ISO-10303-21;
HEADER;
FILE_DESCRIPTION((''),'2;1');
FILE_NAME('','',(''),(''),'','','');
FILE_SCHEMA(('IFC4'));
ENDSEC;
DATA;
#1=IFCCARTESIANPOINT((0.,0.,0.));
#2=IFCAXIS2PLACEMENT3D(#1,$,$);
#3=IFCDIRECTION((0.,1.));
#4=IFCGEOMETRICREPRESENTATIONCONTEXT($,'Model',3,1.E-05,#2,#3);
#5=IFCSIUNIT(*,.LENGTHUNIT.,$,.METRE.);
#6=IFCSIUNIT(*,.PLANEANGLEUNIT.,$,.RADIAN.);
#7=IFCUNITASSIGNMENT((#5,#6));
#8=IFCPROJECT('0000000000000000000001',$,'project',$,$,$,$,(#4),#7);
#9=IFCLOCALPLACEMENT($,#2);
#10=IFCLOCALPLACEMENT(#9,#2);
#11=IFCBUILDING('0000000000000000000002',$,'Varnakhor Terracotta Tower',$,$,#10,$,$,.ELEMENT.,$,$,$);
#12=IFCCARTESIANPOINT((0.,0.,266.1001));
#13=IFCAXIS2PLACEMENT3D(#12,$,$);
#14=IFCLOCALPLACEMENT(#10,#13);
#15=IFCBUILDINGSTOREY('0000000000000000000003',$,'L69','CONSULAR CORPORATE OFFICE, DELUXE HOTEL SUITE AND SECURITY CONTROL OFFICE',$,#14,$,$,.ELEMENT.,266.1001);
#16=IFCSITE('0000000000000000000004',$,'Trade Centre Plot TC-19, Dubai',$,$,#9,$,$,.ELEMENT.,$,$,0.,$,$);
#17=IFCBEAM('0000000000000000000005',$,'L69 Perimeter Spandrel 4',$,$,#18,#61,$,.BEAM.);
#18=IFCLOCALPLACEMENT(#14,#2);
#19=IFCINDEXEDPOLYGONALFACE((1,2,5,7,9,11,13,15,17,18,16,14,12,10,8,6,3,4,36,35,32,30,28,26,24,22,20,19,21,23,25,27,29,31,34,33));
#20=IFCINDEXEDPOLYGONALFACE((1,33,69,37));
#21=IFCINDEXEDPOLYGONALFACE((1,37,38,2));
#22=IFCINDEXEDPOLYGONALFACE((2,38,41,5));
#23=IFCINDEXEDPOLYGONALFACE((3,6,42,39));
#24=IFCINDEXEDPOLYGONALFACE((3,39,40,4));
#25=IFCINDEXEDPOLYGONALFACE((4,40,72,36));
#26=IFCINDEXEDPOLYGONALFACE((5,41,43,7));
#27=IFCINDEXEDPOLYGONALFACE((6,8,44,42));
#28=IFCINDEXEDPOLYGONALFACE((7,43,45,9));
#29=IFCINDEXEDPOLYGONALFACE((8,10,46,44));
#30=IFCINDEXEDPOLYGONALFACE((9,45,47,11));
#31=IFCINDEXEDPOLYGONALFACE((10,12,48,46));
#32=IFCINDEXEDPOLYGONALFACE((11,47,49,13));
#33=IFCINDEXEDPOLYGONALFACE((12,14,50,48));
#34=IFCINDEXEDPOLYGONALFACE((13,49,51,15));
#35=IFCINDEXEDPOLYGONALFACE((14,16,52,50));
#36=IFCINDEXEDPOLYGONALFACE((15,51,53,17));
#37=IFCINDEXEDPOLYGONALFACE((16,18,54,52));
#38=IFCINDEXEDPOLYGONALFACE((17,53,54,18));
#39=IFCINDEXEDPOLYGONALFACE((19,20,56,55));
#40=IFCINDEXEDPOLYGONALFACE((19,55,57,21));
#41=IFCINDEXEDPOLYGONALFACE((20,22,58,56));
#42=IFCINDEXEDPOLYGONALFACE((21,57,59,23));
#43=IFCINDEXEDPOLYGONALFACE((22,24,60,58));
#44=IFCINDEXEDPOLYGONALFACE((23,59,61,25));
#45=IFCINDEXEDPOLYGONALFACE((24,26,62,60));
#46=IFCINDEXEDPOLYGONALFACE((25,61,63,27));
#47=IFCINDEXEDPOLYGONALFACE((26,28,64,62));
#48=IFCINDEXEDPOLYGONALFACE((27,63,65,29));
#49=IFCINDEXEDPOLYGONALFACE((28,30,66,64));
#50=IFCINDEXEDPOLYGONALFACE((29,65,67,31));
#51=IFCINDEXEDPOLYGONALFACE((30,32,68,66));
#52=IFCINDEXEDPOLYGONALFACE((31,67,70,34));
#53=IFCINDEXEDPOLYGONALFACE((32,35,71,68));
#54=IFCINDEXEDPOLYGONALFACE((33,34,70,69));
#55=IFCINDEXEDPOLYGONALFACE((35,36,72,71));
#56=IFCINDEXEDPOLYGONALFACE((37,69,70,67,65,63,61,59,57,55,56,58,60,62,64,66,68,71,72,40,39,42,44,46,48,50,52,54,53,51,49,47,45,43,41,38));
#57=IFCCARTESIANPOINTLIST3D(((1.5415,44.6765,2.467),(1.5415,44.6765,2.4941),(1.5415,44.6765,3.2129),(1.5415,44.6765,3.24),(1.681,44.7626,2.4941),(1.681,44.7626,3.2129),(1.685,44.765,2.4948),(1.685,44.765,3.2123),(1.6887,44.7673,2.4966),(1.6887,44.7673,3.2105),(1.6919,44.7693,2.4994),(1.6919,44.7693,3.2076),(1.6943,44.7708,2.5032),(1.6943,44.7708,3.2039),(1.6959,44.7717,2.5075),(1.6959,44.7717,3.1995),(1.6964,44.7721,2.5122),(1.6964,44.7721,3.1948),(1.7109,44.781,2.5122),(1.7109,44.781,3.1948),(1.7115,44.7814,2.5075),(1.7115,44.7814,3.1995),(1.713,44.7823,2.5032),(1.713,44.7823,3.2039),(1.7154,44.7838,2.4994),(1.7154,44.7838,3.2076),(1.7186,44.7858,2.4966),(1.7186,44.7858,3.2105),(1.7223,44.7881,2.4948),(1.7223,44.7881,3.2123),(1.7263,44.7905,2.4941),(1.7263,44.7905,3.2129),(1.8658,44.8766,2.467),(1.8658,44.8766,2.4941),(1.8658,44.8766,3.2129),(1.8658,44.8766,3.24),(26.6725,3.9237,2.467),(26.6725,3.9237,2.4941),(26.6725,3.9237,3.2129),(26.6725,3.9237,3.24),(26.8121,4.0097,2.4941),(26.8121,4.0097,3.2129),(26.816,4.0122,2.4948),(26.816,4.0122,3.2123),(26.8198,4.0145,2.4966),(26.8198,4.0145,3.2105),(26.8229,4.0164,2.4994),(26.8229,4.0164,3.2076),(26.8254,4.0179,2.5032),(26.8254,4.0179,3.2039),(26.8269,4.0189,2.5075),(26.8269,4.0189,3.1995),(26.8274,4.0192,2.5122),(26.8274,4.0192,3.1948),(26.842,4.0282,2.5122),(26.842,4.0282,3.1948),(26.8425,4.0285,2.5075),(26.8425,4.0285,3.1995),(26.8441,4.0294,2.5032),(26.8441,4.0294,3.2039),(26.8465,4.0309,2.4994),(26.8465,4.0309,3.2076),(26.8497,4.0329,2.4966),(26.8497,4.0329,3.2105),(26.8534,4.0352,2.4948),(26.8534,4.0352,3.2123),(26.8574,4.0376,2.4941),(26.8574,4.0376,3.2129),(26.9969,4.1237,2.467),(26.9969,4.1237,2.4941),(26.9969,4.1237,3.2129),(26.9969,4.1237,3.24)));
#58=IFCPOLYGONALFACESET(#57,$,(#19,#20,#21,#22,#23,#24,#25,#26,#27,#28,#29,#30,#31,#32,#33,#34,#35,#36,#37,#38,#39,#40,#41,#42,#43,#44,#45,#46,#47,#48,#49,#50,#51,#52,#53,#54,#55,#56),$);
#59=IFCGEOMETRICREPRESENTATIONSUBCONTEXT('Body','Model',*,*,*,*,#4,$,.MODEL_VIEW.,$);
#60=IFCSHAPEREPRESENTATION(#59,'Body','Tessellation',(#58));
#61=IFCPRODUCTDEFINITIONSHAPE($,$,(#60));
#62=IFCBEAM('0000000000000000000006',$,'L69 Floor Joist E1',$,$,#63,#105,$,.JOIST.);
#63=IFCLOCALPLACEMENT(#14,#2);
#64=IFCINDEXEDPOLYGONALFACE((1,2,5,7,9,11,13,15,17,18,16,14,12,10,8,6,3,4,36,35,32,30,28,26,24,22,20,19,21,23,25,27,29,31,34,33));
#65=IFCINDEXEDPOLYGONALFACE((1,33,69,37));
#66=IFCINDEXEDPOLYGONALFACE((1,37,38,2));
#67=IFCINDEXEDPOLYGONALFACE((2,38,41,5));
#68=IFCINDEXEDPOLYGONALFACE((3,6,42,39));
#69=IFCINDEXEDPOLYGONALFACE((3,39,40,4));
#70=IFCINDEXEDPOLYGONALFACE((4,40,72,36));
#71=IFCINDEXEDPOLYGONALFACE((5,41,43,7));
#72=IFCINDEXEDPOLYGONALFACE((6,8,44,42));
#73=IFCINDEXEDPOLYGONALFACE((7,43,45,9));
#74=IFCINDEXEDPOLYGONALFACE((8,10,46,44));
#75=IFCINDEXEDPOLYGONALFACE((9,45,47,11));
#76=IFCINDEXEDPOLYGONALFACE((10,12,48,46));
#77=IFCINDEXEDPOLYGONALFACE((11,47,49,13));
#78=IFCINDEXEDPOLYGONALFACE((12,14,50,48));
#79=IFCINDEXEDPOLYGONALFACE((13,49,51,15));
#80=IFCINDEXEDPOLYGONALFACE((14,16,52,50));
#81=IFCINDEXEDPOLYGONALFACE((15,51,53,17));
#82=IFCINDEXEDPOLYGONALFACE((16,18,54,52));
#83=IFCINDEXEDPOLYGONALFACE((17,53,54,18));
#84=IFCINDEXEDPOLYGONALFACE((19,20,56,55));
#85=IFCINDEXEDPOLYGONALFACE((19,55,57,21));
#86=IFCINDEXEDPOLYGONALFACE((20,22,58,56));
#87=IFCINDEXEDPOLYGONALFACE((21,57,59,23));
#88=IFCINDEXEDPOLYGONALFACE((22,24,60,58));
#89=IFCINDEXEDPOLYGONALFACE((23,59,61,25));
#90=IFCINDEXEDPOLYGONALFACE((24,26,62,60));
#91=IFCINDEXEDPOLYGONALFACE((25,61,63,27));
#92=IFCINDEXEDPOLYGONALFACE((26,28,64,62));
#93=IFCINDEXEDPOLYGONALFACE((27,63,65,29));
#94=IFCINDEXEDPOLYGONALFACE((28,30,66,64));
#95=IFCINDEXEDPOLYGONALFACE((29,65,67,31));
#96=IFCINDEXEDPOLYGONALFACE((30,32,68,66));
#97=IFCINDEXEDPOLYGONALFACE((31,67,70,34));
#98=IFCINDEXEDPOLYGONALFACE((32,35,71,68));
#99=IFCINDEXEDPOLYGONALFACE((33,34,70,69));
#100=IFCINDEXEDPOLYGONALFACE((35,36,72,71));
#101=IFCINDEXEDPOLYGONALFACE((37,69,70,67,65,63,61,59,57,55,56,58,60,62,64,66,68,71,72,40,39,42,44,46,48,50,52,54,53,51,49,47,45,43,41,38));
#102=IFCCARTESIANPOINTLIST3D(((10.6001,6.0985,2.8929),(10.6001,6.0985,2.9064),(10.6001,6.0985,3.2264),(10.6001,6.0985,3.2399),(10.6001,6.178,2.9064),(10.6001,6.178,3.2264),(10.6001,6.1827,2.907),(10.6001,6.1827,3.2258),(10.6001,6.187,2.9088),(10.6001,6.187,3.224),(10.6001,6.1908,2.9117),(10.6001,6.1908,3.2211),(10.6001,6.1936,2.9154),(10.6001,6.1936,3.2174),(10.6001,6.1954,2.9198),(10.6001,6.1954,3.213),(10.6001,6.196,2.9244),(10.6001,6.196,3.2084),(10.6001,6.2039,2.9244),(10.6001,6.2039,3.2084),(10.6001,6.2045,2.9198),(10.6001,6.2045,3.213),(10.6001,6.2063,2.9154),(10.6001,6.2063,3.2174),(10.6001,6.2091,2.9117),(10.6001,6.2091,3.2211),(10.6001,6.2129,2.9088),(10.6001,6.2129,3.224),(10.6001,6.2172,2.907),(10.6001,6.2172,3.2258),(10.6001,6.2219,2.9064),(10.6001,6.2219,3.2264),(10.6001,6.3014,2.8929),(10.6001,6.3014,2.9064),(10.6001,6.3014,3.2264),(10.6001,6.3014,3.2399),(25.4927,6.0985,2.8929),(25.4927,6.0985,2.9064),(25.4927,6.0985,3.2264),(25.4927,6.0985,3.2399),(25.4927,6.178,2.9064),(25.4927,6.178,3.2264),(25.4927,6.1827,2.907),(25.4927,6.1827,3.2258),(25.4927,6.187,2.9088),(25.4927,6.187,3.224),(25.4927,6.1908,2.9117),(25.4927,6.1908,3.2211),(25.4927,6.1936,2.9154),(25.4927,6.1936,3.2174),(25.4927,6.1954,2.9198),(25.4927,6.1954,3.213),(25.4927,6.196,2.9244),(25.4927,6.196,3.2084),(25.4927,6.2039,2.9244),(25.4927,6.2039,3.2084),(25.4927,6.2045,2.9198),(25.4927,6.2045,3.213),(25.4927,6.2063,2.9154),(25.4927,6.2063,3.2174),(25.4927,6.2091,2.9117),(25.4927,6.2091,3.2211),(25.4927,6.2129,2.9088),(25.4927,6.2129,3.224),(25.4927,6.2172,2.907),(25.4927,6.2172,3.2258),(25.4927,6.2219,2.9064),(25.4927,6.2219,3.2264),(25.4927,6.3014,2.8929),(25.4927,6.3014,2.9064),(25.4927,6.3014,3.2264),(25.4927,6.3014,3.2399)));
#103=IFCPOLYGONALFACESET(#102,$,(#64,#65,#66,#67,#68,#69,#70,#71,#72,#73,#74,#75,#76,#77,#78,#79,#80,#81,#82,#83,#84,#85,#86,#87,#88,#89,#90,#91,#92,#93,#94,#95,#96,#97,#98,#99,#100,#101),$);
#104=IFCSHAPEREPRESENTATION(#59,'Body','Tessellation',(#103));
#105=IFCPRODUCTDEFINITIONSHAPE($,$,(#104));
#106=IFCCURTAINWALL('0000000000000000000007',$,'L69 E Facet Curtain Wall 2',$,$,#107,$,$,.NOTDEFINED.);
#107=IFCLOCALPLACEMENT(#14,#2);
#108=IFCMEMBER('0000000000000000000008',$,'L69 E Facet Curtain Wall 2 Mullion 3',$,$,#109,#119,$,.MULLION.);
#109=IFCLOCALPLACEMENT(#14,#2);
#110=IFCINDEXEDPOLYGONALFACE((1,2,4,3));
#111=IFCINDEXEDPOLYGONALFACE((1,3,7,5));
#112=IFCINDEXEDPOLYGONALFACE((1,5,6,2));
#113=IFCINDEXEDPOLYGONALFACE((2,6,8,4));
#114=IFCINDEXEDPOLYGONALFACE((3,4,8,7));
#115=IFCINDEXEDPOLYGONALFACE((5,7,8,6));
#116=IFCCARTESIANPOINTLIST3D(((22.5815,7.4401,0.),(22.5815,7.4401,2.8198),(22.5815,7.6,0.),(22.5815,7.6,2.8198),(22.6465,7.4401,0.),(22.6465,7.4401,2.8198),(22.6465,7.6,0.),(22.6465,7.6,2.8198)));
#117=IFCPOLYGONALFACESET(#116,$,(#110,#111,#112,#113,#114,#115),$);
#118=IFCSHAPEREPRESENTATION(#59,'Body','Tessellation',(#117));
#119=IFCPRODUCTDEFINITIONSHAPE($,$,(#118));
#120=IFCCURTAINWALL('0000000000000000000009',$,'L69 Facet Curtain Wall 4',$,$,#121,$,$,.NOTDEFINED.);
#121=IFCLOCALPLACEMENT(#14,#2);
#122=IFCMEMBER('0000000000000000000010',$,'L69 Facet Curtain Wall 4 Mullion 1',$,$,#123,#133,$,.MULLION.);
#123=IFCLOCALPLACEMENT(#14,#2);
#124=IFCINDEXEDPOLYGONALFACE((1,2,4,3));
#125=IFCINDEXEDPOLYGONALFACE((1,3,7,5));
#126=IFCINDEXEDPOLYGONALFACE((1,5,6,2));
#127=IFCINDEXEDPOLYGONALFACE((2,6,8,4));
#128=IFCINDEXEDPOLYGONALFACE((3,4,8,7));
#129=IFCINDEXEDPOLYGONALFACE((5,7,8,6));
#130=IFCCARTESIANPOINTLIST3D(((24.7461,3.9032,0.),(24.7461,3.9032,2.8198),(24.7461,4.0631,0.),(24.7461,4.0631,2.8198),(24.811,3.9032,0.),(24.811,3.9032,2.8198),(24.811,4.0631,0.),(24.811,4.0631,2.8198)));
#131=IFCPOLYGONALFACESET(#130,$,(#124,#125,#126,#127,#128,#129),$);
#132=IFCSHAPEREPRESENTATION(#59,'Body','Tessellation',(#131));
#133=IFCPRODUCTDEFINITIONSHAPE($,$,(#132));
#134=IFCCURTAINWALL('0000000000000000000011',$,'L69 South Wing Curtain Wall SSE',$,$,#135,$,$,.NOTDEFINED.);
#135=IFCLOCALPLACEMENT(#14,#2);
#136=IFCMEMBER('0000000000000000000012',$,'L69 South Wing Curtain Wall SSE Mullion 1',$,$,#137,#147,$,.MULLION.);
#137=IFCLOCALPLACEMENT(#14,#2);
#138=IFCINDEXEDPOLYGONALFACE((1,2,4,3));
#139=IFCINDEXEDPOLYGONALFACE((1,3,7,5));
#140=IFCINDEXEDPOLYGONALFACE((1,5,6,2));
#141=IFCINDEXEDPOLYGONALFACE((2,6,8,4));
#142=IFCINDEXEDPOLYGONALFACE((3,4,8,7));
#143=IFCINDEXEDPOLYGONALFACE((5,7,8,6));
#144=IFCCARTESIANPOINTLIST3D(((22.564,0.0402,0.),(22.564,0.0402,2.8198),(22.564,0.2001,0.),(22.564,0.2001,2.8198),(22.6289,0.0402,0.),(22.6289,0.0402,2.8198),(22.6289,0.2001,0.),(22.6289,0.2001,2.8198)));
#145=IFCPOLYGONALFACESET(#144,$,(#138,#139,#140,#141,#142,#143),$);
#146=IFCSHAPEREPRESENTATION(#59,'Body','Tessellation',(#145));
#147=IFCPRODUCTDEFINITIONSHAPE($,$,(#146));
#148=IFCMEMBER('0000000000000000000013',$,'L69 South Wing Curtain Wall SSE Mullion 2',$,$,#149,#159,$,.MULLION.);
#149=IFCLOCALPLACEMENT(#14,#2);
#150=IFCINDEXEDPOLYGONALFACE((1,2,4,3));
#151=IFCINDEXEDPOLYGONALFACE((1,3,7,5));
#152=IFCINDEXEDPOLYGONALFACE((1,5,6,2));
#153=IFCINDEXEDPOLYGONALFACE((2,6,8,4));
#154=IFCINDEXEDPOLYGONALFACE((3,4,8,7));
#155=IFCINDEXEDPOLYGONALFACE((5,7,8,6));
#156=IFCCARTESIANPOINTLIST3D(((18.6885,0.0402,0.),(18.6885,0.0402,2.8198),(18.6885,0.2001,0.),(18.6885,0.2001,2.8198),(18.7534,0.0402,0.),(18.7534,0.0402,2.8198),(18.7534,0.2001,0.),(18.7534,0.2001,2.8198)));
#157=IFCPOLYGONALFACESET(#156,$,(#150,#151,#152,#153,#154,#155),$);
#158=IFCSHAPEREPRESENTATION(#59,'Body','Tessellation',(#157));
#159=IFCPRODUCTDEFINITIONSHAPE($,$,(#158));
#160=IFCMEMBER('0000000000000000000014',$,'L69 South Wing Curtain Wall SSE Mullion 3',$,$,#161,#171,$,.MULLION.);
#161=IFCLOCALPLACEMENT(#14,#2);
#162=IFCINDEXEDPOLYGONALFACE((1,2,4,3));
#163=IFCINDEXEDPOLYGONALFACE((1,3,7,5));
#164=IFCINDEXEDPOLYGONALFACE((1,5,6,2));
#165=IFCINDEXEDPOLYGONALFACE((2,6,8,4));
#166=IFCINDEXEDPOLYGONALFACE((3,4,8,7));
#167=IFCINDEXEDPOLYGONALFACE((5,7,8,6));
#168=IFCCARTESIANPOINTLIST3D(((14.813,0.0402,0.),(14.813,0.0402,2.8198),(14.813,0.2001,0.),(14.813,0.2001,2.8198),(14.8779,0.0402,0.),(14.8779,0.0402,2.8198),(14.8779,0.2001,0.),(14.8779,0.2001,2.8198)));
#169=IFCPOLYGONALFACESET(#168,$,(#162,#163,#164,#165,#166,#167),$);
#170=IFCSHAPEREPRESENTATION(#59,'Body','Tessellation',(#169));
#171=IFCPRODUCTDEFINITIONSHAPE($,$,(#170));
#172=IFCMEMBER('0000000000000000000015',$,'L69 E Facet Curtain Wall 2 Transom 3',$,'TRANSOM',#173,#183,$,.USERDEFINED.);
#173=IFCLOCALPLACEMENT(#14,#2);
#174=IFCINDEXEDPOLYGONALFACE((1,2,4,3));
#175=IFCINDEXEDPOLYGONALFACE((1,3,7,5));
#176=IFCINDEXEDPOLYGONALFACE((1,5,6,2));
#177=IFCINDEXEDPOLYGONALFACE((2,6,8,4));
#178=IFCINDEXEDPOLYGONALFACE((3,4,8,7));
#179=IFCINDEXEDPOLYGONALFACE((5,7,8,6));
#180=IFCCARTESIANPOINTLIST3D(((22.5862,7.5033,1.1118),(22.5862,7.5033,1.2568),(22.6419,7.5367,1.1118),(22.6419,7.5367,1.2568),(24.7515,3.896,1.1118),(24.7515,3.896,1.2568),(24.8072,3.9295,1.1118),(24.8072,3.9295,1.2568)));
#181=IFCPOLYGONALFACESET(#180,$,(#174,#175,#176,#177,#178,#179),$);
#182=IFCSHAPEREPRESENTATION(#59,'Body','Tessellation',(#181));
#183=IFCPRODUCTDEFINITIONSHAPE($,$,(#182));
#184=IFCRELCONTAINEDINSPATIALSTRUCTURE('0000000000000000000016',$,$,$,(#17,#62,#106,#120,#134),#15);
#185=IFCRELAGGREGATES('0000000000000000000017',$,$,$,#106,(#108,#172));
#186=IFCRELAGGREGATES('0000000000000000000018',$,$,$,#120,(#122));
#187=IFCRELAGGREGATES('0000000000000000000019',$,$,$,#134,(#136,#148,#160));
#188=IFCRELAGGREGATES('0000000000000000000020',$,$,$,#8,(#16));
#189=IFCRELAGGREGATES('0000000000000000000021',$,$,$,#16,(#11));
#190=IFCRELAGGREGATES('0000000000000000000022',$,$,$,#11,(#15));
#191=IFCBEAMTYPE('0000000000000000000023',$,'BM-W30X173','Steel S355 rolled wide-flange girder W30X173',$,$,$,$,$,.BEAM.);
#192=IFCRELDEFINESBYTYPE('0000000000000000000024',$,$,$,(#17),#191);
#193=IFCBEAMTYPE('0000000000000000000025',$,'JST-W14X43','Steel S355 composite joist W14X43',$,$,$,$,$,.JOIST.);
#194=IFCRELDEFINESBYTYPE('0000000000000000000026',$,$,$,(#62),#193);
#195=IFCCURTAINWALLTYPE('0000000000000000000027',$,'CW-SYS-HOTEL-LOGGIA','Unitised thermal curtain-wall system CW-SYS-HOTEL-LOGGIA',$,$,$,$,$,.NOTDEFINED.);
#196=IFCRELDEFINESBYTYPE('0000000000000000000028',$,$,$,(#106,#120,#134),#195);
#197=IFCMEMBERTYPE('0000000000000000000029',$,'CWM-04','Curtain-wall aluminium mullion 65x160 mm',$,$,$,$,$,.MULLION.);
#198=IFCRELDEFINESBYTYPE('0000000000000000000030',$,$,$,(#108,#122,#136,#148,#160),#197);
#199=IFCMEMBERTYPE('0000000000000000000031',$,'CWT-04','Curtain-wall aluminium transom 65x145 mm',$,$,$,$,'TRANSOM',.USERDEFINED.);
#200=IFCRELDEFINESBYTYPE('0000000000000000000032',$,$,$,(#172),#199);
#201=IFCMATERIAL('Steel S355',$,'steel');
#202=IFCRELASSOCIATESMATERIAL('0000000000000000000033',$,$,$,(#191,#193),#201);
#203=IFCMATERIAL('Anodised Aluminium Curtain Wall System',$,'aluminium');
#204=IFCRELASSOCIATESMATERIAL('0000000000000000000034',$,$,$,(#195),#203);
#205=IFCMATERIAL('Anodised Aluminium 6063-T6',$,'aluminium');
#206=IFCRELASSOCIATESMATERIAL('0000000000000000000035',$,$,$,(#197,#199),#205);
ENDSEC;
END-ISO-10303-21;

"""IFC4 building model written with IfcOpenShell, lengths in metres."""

from ifc_helpers import new_model, si_unit, direction, frame, origin, origin_2d, place, context, subcontext, project, spatial, rectangle, i_section, extrude, source, transform, mapped, material, material_profile, profile_set, type_object, element, aggregate, save


model = new_model("IFC4")

# Units and contexts
model_context = context("Model", 3, precision=1e-05, world=origin(), true_north=direction((0.0, 1.0)))
body_context = subcontext(model_context, "Body", "Model", "MODEL_VIEW")
ifc_project = project(units=[si_unit("LENGTHUNIT", "METRE"), si_unit("PLANEANGLEUNIT", "RADIAN")], contexts=[model_context])

# Site, building, storey
site_placement = place(None, origin())
site = spatial("IfcSite", under=ifc_project, at=site_placement, Name="Trade Centre Plot TC-19, Dubai", CompositionType="ELEMENT", RefElevation=0.0)
building_placement = place(site_placement, origin())
building = spatial("IfcBuilding", under=site, at=building_placement, Name="Varnakhor Terracotta Tower", CompositionType="ELEMENT")
storey_placement = place(building_placement, frame((0.0, 0.0, 266.1001)))
storey = spatial("IfcBuildingStorey", under=building, at=storey_placement, Name="L69", Description="CONSULAR CORPORATE OFFICE, DELUXE HOTEL SUITE AND SECURITY CONTROL OFFICE", CompositionType="ELEMENT", Elevation=266.1001)

# Shared definitions
ifc_material_1 = material(Name="Steel S355", Category="steel")

# Beams
ifc_material_profile_1 = material_profile(ifc_material_1, i_section(OverallWidth=0.3811, OverallDepth=0.7729, WebThickness=0.0171, FlangeThickness=0.0271, FilletRadius=0.0181, at=origin_2d()), Name="W30X173")
ifc_profile_set_1 = profile_set([ifc_material_profile_1], Name="Steel S355")
beam_type_1 = type_object("IfcBeamType", Name="BM-W30X173", Description="Steel S355 rolled wide-flange girder W30X173", PredefinedType="BEAM", material=ifc_profile_set_1)
shared_shape_1 = source(origin(), body_context, "Body", "SweptSolid", [
    extrude(i_section(OverallWidth=0.3811, OverallDepth=0.7729, WebThickness=0.0171, FlangeThickness=0.0271, FilletRadius=0.0181, at=origin_2d()), origin(), (0.0, 0.0, 1.0), 47.8787),
])
beam_1_placement = place(storey_placement, frame((26.8347, 4.0237, 2.8535), z_axis=(-0.524891, 0.85117, 0.0), x_axis=(-0.85117, -0.524891, 0.0)))
element("IfcBeam", 1, at=beam_1_placement, inside=storey, type_object=beam_type_1, Name="L69 Perimeter Spandrel 4", PredefinedType="BEAM", context=body_context, shape_type="MappedRepresentation", body=[
    mapped(shared_shape_1, transform((0.0, 0.0, 0.0), scale=1.0)),
])
ifc_material_profile_2 = material_profile(ifc_material_1, i_section(OverallWidth=0.2029, OverallDepth=0.3469, WebThickness=0.0078, FlangeThickness=0.0134, FilletRadius=0.0181, at=origin_2d()), Name="W14X43")
ifc_profile_set_2 = profile_set([ifc_material_profile_2], Name="Steel S355")
beam_type_2 = type_object("IfcBeamType", Name="JST-W14X43", Description="Steel S355 composite joist W14X43", PredefinedType="JOIST", material=ifc_profile_set_2)
shared_shape_2 = source(origin(), body_context, "Body", "SweptSolid", [
    extrude(i_section(OverallWidth=0.2029, OverallDepth=0.3469, WebThickness=0.0078, FlangeThickness=0.0134, FilletRadius=0.0181, at=origin_2d()), origin(), (0.0, 0.0, 1.0), 14.8926),
])
beam_2_placement = place(storey_placement, frame((10.6001, 6.2, 3.0664), z_axis=(1.0, 0.0, 0.0), x_axis=(0.0, 1.0, 0.0)))
element("IfcBeam", 2, at=beam_2_placement, inside=storey, type_object=beam_type_2, Name="L69 Floor Joist E1", PredefinedType="JOIST", context=body_context, shape_type="MappedRepresentation", body=[
    mapped(shared_shape_2, transform((0.0, 0.0, 0.0), scale=1.0)),
])

# Curtain walls, members
ifc_material_2 = material(Name="Anodised Aluminium Curtain Wall System", Category="aluminium")
curtain_wall_type = type_object("IfcCurtainWallType", Name="CW-SYS-HOTEL-LOGGIA", Description="Unitised thermal curtain-wall system CW-SYS-HOTEL-LOGGIA", PredefinedType="NOTDEFINED", material=ifc_material_2)
curtain_wall_1_placement = place(storey_placement, origin())
curtain_wall_1 = element("IfcCurtainWall", 3, at=curtain_wall_1_placement, inside=storey, type_object=curtain_wall_type, Name="L69 E Facet Curtain Wall 2", PredefinedType="NOTDEFINED")
ifc_material_3 = material(Name="Anodised Aluminium 6063-T6", Category="aluminium")
ifc_material_profile_3 = material_profile(ifc_material_3, rectangle(XDim=0.0649, YDim=0.1599, at=origin_2d()), Name="ALU MULLION 65x160")
ifc_profile_set_3 = profile_set([ifc_material_profile_3], Name="Anodised Aluminium 6063-T6")
member_type_1 = type_object("IfcMemberType", Name="CWM-04", Description="Curtain-wall aluminium mullion 65x160 mm", PredefinedType="MULLION", material=ifc_profile_set_3)
shared_shape_3 = source(origin(), body_context, "Body", "SweptSolid", [
    extrude(rectangle(XDim=0.0649, YDim=0.1599, at=origin_2d()), origin(), (0.0, 0.0, 1.0), 2.8198),
])
member_1_placement = place(storey_placement, frame((22.614, 7.52, 0.0), z_axis=(0.0, 0.0, 1.0), x_axis=(1.0, 0.0, 0.0)))
member_1 = element("IfcMember", 4, at=member_1_placement, type_object=member_type_1, Name="L69 E Facet Curtain Wall 2 Mullion 3", PredefinedType="MULLION", context=body_context, shape_type="MappedRepresentation", body=[
    mapped(shared_shape_3, transform((0.0, 0.0, 0.0), scale=1.0)),
])
curtain_wall_2_placement = place(storey_placement, origin())
curtain_wall_2 = element("IfcCurtainWall", 5, at=curtain_wall_2_placement, inside=storey, type_object=curtain_wall_type, Name="L69 Facet Curtain Wall 4", PredefinedType="NOTDEFINED")
member_2_placement = place(storey_placement, frame((24.7786, 3.9832, 0.0), z_axis=(0.0, 0.0, 1.0), x_axis=(1.0, 0.0, 0.0)))
member_2 = element("IfcMember", 6, at=member_2_placement, type_object=member_type_1, Name="L69 Facet Curtain Wall 4 Mullion 1", PredefinedType="MULLION", context=body_context, shape_type="MappedRepresentation", body=[
    mapped(shared_shape_3, transform((0.0, 0.0, 0.0), scale=1.0)),
])

# Curtain wall, members
curtain_wall_3_placement = place(storey_placement, origin())
curtain_wall_3 = element("IfcCurtainWall", 7, at=curtain_wall_3_placement, inside=storey, type_object=curtain_wall_type, Name="L69 South Wing Curtain Wall SSE", PredefinedType="NOTDEFINED")
member_3_placement = place(storey_placement, frame((22.5964, 0.1201, 0.0), z_axis=(0.0, 0.0, 1.0), x_axis=(1.0, 0.0, 0.0)))
member_3 = element("IfcMember", 8, at=member_3_placement, type_object=member_type_1, Name="L69 South Wing Curtain Wall SSE Mullion 1", PredefinedType="MULLION", context=body_context, shape_type="MappedRepresentation", body=[
    mapped(shared_shape_3, transform((0.0, 0.0, 0.0), scale=1.0)),
])
member_4_placement = place(storey_placement, frame((18.7209, 0.1201, 0.0), z_axis=(0.0, 0.0, 1.0), x_axis=(1.0, 0.0, 0.0)))
member_4 = element("IfcMember", 9, at=member_4_placement, type_object=member_type_1, Name="L69 South Wing Curtain Wall SSE Mullion 2", PredefinedType="MULLION", context=body_context, shape_type="MappedRepresentation", body=[
    mapped(shared_shape_3, transform((0.0, 0.0, 0.0), scale=1.0)),
])
member_5_placement = place(storey_placement, frame((14.8455, 0.1201, 0.0), z_axis=(0.0, 0.0, 1.0), x_axis=(1.0, 0.0, 0.0)))
member_5 = element("IfcMember", 10, at=member_5_placement, type_object=member_type_1, Name="L69 South Wing Curtain Wall SSE Mullion 3", PredefinedType="MULLION", context=body_context, shape_type="MappedRepresentation", body=[
    mapped(shared_shape_3, transform((0.0, 0.0, 0.0), scale=1.0)),
])

# Member
ifc_material_profile_4 = material_profile(ifc_material_3, rectangle(XDim=0.0649, YDim=0.145, at=origin_2d()), Name="ALU TRANSOM 65x145")
ifc_profile_set_4 = profile_set([ifc_material_profile_4], Name="Anodised Aluminium 6063-T6")
member_type_2 = type_object("IfcMemberType", Name="CWT-04", Description="Curtain-wall aluminium transom 65x145 mm", ElementType="TRANSOM", PredefinedType="USERDEFINED", material=ifc_profile_set_4)
shared_shape_4 = source(origin(), body_context, "Body", "SweptSolid", [
    extrude(rectangle(XDim=0.0649, YDim=0.145, at=origin_2d()), origin(), (0.0, 0.0, 1.0), 4.2073),
])
member_6_placement = place(storey_placement, frame((22.614, 7.52, 1.1843), z_axis=(0.514666, -0.857391, 0.0), x_axis=(0.857391, 0.514666, 0.0)))
member_6 = element("IfcMember", 11, at=member_6_placement, type_object=member_type_2, Name="L69 E Facet Curtain Wall 2 Transom 3", ObjectType="TRANSOM", PredefinedType="USERDEFINED", context=body_context, shape_type="MappedRepresentation", body=[
    mapped(shared_shape_4, transform((0.0, 0.0, 0.0), scale=1.0)),
])

aggregate(curtain_wall_1, [member_1, member_6])
aggregate(curtain_wall_2, [member_2])
aggregate(curtain_wall_3, [member_3, member_4, member_5])

save(model, "model.ifc")
